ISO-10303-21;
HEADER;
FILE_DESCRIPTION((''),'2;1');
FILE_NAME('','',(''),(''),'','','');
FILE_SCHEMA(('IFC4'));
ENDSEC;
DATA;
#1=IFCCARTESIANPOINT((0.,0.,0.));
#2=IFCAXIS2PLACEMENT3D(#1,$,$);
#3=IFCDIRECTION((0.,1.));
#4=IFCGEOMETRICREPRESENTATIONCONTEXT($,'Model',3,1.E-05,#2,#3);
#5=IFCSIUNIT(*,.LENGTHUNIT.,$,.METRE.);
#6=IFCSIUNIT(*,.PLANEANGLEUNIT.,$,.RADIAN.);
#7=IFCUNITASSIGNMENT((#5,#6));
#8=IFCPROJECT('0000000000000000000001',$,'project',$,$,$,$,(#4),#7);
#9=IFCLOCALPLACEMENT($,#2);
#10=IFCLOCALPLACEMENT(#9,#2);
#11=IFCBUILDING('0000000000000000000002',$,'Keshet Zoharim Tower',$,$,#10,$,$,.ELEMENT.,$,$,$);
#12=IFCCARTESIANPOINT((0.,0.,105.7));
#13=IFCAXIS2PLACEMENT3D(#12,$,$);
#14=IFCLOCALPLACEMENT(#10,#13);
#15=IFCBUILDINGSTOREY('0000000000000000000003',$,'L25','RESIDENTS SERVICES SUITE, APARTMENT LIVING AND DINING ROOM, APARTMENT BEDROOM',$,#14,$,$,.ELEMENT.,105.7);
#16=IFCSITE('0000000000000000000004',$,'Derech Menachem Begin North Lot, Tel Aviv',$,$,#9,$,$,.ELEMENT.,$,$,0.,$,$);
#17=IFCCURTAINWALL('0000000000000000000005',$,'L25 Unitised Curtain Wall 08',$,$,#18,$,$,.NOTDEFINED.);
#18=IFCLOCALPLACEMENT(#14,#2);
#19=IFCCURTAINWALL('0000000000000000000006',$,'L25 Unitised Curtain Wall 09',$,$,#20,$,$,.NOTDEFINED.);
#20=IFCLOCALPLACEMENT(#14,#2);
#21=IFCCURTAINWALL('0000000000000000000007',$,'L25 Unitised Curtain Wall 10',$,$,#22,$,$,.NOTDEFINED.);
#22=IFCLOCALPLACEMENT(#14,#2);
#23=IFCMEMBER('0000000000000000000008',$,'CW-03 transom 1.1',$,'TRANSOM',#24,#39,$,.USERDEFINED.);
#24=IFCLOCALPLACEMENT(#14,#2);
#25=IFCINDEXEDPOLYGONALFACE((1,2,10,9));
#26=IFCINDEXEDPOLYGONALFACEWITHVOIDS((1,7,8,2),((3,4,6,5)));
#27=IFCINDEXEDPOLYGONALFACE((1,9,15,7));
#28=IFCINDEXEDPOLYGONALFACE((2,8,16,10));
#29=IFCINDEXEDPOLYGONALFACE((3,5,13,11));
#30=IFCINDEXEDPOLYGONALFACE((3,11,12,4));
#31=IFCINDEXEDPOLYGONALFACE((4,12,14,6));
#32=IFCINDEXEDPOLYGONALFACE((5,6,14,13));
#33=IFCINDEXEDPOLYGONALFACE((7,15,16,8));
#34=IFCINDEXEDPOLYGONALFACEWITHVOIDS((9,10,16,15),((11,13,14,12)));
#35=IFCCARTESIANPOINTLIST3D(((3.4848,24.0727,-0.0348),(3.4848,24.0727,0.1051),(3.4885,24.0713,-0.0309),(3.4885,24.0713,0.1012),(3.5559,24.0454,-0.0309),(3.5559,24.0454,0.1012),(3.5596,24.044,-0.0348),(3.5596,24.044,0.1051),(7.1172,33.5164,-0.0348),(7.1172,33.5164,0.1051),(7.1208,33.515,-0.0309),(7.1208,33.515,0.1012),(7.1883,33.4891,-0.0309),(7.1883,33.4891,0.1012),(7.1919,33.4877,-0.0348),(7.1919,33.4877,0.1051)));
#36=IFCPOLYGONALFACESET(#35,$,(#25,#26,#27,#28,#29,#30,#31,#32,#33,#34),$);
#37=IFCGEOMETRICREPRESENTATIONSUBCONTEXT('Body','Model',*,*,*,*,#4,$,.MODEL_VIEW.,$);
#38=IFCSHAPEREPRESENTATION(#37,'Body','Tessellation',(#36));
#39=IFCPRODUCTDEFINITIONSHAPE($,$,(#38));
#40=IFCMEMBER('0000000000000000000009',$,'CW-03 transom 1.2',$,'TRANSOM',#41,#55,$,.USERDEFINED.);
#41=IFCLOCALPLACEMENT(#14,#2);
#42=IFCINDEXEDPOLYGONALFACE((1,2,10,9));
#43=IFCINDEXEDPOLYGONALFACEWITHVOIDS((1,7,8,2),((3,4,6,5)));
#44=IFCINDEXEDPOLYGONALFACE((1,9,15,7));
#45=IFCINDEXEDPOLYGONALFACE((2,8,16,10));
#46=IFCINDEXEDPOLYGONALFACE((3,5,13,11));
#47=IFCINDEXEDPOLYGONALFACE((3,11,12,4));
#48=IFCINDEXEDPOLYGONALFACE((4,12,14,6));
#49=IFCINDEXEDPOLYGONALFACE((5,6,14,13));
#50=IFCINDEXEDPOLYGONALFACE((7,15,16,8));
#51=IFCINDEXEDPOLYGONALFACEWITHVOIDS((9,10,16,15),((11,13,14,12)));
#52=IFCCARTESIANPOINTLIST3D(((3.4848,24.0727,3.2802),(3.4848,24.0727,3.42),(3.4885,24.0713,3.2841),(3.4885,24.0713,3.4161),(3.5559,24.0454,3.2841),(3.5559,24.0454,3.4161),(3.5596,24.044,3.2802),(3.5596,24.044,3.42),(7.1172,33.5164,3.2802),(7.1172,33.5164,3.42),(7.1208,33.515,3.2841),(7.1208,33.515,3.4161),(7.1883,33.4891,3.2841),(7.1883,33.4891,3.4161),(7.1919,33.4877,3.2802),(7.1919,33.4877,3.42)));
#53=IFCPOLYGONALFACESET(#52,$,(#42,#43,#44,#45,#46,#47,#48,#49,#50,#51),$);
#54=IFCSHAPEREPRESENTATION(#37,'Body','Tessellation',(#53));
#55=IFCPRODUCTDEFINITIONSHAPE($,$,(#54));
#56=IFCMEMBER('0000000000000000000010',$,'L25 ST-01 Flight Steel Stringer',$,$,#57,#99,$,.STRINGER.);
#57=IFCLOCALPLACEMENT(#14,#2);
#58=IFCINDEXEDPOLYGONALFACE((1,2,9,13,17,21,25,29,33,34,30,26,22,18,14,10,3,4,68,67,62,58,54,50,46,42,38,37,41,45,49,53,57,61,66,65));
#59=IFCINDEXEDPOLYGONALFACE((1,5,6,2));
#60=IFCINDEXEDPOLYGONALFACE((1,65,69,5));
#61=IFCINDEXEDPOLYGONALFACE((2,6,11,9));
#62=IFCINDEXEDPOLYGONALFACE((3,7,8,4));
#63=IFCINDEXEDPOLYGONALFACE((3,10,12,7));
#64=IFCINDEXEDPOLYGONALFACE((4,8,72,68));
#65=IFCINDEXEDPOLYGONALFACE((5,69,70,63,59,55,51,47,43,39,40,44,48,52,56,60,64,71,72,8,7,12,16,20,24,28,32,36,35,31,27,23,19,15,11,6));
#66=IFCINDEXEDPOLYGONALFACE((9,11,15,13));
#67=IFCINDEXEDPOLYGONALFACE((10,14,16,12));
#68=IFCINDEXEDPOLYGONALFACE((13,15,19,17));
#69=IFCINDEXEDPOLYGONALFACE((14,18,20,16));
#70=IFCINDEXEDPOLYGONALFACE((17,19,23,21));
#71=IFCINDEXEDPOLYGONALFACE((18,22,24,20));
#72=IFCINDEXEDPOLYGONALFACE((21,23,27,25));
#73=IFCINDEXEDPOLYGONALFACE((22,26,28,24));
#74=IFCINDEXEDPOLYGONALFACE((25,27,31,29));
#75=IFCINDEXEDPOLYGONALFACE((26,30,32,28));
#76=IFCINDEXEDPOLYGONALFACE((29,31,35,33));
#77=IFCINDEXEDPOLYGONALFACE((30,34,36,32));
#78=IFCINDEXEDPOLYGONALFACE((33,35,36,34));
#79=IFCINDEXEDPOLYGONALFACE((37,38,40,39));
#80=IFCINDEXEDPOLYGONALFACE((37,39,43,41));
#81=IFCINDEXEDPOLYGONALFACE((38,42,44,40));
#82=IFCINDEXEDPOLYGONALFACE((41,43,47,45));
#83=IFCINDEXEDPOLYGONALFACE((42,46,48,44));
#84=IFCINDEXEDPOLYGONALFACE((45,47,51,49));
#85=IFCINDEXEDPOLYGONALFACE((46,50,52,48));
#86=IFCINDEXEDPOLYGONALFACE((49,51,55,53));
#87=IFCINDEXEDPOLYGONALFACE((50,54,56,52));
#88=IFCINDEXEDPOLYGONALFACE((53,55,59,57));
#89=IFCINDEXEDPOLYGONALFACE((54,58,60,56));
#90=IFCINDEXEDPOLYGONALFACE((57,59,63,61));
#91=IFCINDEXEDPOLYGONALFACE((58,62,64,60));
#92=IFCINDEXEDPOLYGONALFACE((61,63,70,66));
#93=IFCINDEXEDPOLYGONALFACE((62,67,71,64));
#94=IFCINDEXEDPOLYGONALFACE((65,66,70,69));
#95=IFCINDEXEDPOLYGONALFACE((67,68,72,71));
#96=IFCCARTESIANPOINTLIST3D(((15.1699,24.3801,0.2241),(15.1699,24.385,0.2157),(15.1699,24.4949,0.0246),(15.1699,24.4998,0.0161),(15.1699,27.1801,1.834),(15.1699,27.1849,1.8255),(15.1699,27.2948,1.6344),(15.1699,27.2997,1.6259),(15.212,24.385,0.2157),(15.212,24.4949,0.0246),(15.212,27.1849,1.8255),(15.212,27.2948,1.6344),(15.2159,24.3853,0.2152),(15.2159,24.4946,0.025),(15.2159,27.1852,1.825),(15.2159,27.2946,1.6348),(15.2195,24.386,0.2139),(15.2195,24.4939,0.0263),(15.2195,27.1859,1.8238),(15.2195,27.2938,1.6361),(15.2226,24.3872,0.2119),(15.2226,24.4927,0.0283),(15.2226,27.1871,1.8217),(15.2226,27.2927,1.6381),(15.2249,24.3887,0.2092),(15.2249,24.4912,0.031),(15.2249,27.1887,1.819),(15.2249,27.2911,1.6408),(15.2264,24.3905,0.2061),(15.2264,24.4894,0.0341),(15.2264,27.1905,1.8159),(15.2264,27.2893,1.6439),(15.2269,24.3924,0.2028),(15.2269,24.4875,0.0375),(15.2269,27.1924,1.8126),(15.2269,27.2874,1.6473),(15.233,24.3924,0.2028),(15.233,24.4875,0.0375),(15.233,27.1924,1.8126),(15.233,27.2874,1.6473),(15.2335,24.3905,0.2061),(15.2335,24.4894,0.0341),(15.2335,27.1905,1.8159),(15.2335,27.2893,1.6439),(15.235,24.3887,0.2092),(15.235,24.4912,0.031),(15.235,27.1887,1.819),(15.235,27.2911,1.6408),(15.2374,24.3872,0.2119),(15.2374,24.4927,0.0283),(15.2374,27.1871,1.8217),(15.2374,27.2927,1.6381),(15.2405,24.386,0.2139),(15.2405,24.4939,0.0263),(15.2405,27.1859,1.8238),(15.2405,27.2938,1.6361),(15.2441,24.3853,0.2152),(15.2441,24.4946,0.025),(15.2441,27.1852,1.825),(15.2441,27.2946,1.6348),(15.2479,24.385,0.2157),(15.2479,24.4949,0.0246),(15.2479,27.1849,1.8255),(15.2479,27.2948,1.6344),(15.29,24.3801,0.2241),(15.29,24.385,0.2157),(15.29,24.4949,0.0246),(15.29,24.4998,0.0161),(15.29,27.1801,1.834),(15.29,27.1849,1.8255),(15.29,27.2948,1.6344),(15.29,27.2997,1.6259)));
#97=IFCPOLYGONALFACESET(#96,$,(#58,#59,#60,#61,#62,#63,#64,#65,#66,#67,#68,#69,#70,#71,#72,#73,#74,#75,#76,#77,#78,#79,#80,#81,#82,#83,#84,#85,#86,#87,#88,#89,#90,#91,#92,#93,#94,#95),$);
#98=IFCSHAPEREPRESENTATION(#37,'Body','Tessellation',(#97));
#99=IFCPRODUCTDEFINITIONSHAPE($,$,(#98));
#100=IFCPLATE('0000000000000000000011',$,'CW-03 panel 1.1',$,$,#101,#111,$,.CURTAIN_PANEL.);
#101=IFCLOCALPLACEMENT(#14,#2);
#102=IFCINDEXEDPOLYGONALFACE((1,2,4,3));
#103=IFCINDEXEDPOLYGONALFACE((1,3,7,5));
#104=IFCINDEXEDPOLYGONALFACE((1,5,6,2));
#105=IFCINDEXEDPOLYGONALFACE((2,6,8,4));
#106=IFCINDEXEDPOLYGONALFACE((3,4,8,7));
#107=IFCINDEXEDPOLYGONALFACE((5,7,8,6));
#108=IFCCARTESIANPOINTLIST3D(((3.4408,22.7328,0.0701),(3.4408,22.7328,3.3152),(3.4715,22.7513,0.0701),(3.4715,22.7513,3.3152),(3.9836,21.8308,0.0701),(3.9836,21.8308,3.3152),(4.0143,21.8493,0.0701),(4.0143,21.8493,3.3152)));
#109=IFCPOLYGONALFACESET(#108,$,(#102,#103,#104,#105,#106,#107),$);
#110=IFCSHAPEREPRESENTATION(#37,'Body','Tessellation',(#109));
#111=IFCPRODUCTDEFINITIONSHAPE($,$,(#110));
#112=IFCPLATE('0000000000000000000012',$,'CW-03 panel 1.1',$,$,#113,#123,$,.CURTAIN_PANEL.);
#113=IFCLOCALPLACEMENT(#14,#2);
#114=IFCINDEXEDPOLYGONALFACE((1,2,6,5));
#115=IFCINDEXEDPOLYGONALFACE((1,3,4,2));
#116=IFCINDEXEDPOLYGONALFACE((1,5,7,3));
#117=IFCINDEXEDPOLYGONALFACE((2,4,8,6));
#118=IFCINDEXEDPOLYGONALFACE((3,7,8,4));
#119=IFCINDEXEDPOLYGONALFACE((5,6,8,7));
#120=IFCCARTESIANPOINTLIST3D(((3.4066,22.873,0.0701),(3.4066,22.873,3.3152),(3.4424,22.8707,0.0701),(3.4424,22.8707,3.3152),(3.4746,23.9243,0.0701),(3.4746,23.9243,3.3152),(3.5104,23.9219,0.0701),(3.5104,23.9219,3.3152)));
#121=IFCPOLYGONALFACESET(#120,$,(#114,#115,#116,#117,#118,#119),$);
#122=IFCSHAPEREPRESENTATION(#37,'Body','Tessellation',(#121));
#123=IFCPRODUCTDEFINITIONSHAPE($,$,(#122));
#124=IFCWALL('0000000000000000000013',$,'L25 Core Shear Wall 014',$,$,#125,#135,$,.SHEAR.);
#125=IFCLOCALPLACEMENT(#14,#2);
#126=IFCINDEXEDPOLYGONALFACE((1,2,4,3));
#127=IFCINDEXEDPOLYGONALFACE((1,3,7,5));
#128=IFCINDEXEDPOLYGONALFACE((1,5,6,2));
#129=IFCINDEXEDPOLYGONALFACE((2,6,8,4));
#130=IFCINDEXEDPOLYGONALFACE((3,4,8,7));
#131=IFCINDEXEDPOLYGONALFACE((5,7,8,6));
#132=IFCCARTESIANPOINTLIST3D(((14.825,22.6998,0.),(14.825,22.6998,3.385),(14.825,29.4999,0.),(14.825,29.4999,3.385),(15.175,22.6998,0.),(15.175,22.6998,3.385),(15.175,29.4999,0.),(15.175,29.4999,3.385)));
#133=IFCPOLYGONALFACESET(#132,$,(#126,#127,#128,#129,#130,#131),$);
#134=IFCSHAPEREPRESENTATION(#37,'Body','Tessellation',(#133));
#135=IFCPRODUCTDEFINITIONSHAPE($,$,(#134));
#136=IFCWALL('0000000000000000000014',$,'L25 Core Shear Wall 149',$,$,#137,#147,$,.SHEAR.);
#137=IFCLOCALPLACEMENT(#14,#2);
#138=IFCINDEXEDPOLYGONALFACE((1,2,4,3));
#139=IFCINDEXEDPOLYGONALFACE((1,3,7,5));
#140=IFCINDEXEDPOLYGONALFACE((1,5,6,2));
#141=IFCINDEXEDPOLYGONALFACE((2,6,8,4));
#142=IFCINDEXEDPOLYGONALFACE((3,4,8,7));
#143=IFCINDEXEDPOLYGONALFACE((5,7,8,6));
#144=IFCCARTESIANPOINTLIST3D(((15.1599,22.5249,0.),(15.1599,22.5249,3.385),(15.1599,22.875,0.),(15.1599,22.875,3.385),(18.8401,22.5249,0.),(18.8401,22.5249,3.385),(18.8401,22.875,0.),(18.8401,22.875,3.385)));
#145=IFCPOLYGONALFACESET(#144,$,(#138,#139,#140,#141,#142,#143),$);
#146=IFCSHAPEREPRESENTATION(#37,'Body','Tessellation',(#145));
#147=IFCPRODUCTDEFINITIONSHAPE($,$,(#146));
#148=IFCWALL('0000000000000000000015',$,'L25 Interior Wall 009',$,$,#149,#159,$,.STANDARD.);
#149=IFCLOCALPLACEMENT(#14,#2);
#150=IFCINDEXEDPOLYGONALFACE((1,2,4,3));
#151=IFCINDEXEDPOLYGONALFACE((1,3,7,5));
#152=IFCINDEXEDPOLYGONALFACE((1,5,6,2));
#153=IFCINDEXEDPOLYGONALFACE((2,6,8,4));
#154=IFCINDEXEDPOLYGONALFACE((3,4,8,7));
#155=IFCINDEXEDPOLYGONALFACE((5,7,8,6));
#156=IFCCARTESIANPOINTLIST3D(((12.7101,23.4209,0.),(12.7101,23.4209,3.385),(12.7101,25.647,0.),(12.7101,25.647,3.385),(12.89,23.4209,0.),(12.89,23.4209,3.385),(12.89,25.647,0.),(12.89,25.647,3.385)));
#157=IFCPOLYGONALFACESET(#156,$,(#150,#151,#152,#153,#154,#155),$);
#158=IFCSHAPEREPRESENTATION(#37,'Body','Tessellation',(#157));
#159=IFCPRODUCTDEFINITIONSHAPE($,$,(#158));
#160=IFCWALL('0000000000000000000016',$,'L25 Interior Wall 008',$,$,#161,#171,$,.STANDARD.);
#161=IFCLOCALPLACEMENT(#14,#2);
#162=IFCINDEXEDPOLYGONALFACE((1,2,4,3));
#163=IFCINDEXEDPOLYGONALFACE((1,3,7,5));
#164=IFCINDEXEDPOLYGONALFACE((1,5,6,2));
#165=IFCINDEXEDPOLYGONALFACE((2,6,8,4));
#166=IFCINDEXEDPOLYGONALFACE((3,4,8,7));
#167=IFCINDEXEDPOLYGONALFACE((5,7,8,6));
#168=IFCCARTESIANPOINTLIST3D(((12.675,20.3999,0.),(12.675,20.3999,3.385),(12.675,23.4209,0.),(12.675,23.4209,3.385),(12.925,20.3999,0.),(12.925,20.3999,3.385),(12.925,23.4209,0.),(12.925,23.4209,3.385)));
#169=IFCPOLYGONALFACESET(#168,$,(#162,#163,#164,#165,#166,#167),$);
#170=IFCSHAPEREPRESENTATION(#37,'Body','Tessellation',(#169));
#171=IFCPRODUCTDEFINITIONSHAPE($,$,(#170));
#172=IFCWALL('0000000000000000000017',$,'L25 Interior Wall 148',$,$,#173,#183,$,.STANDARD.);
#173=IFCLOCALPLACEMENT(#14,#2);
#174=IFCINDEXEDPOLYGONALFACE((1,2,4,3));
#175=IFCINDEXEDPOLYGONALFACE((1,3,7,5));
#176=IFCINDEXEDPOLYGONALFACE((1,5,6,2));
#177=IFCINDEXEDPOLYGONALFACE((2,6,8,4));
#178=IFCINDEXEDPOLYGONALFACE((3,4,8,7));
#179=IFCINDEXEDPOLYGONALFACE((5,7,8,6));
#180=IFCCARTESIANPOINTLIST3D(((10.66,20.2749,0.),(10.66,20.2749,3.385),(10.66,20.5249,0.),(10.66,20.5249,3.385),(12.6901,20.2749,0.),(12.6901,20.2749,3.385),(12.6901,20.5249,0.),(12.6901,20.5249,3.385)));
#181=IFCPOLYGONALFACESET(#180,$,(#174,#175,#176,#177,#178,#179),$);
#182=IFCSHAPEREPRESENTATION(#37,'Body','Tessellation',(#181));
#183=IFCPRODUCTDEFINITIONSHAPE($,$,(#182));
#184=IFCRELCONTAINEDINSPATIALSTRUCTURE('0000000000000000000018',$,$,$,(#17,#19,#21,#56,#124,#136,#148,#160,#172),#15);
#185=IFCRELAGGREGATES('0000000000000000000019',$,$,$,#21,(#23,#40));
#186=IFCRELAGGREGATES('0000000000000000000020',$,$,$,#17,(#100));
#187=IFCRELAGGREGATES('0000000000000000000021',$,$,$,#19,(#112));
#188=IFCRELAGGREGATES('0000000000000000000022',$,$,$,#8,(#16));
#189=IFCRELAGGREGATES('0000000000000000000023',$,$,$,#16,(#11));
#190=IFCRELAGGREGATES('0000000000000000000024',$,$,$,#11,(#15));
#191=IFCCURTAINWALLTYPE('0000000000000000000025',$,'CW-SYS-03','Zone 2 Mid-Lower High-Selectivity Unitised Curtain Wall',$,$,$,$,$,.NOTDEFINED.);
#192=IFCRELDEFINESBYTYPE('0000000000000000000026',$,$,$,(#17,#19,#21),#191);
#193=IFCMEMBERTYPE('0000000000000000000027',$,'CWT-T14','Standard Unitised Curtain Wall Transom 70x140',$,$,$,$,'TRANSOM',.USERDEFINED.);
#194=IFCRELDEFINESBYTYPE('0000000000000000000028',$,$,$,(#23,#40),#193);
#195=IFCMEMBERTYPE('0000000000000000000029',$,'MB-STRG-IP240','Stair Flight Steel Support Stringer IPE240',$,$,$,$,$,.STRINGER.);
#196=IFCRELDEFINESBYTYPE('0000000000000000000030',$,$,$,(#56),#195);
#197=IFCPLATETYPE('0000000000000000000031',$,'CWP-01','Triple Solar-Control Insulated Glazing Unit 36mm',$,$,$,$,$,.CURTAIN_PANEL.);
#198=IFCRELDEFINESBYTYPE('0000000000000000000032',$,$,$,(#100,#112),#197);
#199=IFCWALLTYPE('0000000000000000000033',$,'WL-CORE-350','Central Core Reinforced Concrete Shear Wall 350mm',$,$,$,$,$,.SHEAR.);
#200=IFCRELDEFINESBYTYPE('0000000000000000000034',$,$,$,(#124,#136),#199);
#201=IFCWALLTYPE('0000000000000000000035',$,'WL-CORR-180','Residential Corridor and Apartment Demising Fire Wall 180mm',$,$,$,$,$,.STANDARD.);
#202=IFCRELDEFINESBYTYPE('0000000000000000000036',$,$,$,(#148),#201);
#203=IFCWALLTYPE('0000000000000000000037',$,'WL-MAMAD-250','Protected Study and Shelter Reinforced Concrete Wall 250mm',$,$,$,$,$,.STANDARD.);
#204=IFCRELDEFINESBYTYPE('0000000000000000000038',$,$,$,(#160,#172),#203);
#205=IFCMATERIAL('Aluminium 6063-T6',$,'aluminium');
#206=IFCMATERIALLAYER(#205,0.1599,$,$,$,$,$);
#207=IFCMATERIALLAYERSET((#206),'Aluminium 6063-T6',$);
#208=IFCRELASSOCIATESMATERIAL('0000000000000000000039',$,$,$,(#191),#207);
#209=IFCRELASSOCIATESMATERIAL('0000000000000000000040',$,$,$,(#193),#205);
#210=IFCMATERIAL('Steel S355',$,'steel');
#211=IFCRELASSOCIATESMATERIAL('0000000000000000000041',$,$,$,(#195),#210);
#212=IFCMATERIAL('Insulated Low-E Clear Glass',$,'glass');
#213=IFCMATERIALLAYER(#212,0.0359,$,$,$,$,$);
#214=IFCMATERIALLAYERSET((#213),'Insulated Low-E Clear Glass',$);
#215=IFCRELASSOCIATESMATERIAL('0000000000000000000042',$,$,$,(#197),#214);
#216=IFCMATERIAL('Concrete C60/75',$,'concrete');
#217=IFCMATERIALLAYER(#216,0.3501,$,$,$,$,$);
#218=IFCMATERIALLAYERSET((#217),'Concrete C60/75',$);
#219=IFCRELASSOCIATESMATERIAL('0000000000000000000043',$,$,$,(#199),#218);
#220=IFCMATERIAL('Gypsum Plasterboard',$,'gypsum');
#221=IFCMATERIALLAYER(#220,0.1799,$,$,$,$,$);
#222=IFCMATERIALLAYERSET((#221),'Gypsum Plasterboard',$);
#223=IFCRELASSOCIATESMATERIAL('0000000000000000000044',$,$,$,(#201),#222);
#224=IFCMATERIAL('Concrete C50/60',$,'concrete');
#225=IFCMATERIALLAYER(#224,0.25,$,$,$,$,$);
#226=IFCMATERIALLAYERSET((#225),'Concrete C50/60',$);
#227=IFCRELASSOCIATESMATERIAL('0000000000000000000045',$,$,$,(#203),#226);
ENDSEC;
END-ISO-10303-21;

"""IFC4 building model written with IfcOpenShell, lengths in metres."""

from ifc_helpers import new_model, si_unit, direction, frame, frame_2d, origin, origin_2d, place, context, subcontext, project, spatial, rectangle, hollow_rectangle, i_section, extrude, material, layer, layer_set, material_profile, profile_set, type_object, element, aggregate, save


model = new_model("IFC4")

# Units and contexts
model_context = context("Model", 3, precision=1e-05, world=origin(), true_north=direction((0.0, 1.0)))
body_context = subcontext(model_context, "Body", "Model", "MODEL_VIEW")
ifc_project = project(units=[si_unit("LENGTHUNIT", "METRE"), si_unit("PLANEANGLEUNIT", "RADIAN")], contexts=[model_context])

# Site, building, storey
site_placement = place(None, origin())
site = spatial("IfcSite", under=ifc_project, at=site_placement, Name="Derech Menachem Begin North Lot, Tel Aviv", CompositionType="ELEMENT", RefElevation=0.0)
building_placement = place(site_placement, origin())
building = spatial("IfcBuilding", under=site, at=building_placement, Name="Keshet Zoharim Tower", CompositionType="ELEMENT")
storey_placement = place(building_placement, frame((0.0, 0.0, 105.7)))
storey = spatial("IfcBuildingStorey", under=building, at=storey_placement, Name="L25", Description="RESIDENTS SERVICES SUITE, APARTMENT LIVING AND DINING ROOM, APARTMENT BEDROOM", CompositionType="ELEMENT", Elevation=105.7)

# Shared definitions
ifc_material_1 = material(Name="Concrete C60/75", Category="concrete")

# Shared definitions
ifc_material_2 = material(Name="Aluminium 6063-T6", Category="aluminium")
ifc_layer_1 = layer(ifc_material_2, 0.1599)
ifc_layer_set_1 = layer_set([ifc_layer_1], Name="Aluminium 6063-T6")
curtain_wall_type = type_object("IfcCurtainWallType", Name="CW-SYS-03", Description="Zone 2 Mid-Lower High-Selectivity Unitised Curtain Wall", PredefinedType="NOTDEFINED", material=ifc_layer_set_1)

# Curtain walls
curtain_wall_1_placement = place(storey_placement, origin())
curtain_wall_1 = element("IfcCurtainWall", 1, at=curtain_wall_1_placement, inside=storey, type_object=curtain_wall_type, Name="L25 Unitised Curtain Wall 08", PredefinedType="NOTDEFINED")
curtain_wall_2_placement = place(storey_placement, origin())
curtain_wall_2 = element("IfcCurtainWall", 2, at=curtain_wall_2_placement, inside=storey, type_object=curtain_wall_type, Name="L25 Unitised Curtain Wall 09", PredefinedType="NOTDEFINED")

# Curtain wall
curtain_wall_3_placement = place(storey_placement, origin())
curtain_wall_3 = element("IfcCurtainWall", 3, at=curtain_wall_3_placement, inside=storey, type_object=curtain_wall_type, Name="L25 Unitised Curtain Wall 10", PredefinedType="NOTDEFINED")

# Members
ifc_material_profile_1 = material_profile(ifc_material_2, hollow_rectangle(XDim=0.0801, YDim=0.1399, WallThickness=0.0039, at=origin_2d()), Name="TRN-80x140")
ifc_profile_set_1 = profile_set([ifc_material_profile_1], Name="Aluminium 6063-T6")
member_type_1 = type_object("IfcMemberType", Name="CWT-T14", Description="Standard Unitised Curtain Wall Transom 70x140", ElementType="TRANSOM", PredefinedType="USERDEFINED", material=ifc_profile_set_1)
member_1_placement = place(storey_placement, frame((3.5222, 24.0583, 0.0352), z_axis=(0.358994, 0.93334, 0.0), x_axis=(-0.93334, 0.358994, 0.0)))
member_1 = element("IfcMember", 4, at=member_1_placement, type_object=member_type_1, Name="CW-03 transom 1.1", ObjectType="TRANSOM", PredefinedType="USERDEFINED", context=body_context, shape_type="SweptSolid", body=[
    extrude(hollow_rectangle(XDim=0.0801, YDim=0.1399, WallThickness=0.0039, at=origin_2d()), origin(), (0.0, 0.0, 1.0), 10.1182),
])
member_2_placement = place(storey_placement, frame((3.5222, 24.0583, 3.3501), z_axis=(0.358994, 0.93334, 0.0), x_axis=(-0.93334, 0.358994, 0.0)))
member_2 = element("IfcMember", 5, at=member_2_placement, type_object=member_type_1, Name="CW-03 transom 1.2", ObjectType="TRANSOM", PredefinedType="USERDEFINED", context=body_context, shape_type="SweptSolid", body=[
    extrude(hollow_rectangle(XDim=0.0801, YDim=0.1399, WallThickness=0.0039, at=origin_2d()), origin(), (0.0, 0.0, 1.0), 10.1182),
])
aggregate(curtain_wall_3, [member_1, member_2])
ifc_material_3 = material(Name="Steel S355", Category="steel")
ifc_material_profile_2 = material_profile(ifc_material_3, i_section(OverallWidth=0.1201, OverallDepth=0.24, WebThickness=0.0061, FlangeThickness=0.0098, FilletRadius=0.0149, at=origin_2d()), Name="IPE240")
ifc_profile_set_2 = profile_set([ifc_material_profile_2], Name="Steel S355")
member_type_2 = type_object("IfcMemberType", Name="MB-STRG-IP240", Description="Stair Flight Steel Support Stringer IPE240", PredefinedType="STRINGER", material=ifc_profile_set_2)
member_3_placement = place(storey_placement, frame((15.23, 24.4399, 0.1201), z_axis=(0.0, 0.866928, 0.498433), x_axis=(-1.0, 0.0, 0.0)))
element("IfcMember", 6, at=member_3_placement, inside=storey, type_object=member_type_2, Name="L25 ST-01 Flight Steel Stringer", PredefinedType="STRINGER", context=body_context, shape_type="SweptSolid", body=[
    extrude(i_section(OverallWidth=0.1201, OverallDepth=0.24, WebThickness=0.0061, FlangeThickness=0.0098, FilletRadius=0.0149, at=origin_2d()), origin(), (0.0, 0.0, 1.0), 3.2297),
])

# Plates
ifc_material_4 = material(Name="Insulated Low-E Clear Glass", Category="glass")
ifc_layer_2 = layer(ifc_material_4, 0.0359)
ifc_layer_set_2 = layer_set([ifc_layer_2], Name="Insulated Low-E Clear Glass")
plate_type = type_object("IfcPlateType", Name="CWP-01", Description="Triple Solar-Control Insulated Glazing Unit 36mm", PredefinedType="CURTAIN_PANEL", material=ifc_layer_set_2)
plate_1_placement = place(storey_placement, frame((3.7275, 22.291, 0.0701), z_axis=(0.0, 0.0, 1.0), x_axis=(-0.515605, 0.856826, 0.0)))
plate_1 = element("IfcPlate", 7, at=plate_1_placement, type_object=plate_type, Name="CW-03 panel 1.1", PredefinedType="CURTAIN_PANEL", context=body_context, shape_type="SweptSolid", body=[
    extrude(rectangle(XDim=1.0527, YDim=0.0359, at=origin_2d()), origin(), (0.0, 0.0, 1.0), 3.2451),
])
aggregate(curtain_wall_1, [plate_1])
plate_2_placement = place(storey_placement, frame((3.4585, 23.3975, 0.0701), z_axis=(0.0, 0.0, 1.0), x_axis=(0.064517, 0.997917, 0.0)))
plate_2 = element("IfcPlate", 8, at=plate_2_placement, type_object=plate_type, Name="CW-03 panel 1.1", PredefinedType="CURTAIN_PANEL", context=body_context, shape_type="SweptSolid", body=[
    extrude(rectangle(XDim=1.0535, YDim=0.0359, at=origin_2d()), origin(), (0.0, 0.0, 1.0), 3.2451),
])
aggregate(curtain_wall_2, [plate_2])

# Walls
ifc_layer_3 = layer(ifc_material_1, 0.3501)
ifc_layer_set_3 = layer_set([ifc_layer_3], Name="Concrete C60/75")
wall_type_1 = type_object("IfcWallType", Name="WL-CORE-350", Description="Central Core Reinforced Concrete Shear Wall 350mm", PredefinedType="SHEAR", material=ifc_layer_set_3)
wall_1_placement = place(storey_placement, frame((15.0, 22.7, 0.0), z_axis=(0.0, 0.0, 1.0), x_axis=(0.0, 1.0, 0.0)))
element("IfcWall", 9, at=wall_1_placement, inside=storey, type_object=wall_type_1, Name="L25 Core Shear Wall 014", PredefinedType="SHEAR", context=body_context, shape_type="SweptSolid", body=[
    extrude(rectangle(XDim=6.8, YDim=0.3501, at=frame_2d((3.3999, 0.0))), origin(), (0.0, 0.0, 1.0), 3.385),
])
wall_2_placement = place(storey_placement, frame((15.1599, 22.7, 0.0), z_axis=(0.0, 0.0, 1.0), x_axis=(1.0, 0.0, 0.0)))
element("IfcWall", 10, at=wall_2_placement, inside=storey, type_object=wall_type_1, Name="L25 Core Shear Wall 149", PredefinedType="SHEAR", context=body_context, shape_type="SweptSolid", body=[
    extrude(rectangle(XDim=3.6802, YDim=0.3501, at=frame_2d((1.8401, 0.0))), origin(), (0.0, 0.0, 1.0), 3.385),
])
ifc_material_5 = material(Name="Gypsum Plasterboard", Category="gypsum")
ifc_layer_4 = layer(ifc_material_5, 0.1799)
ifc_layer_set_4 = layer_set([ifc_layer_4], Name="Gypsum Plasterboard")
wall_type_2 = type_object("IfcWallType", Name="WL-CORR-180", Description="Residential Corridor and Apartment Demising Fire Wall 180mm", PredefinedType="STANDARD", material=ifc_layer_set_4)
wall_3_placement = place(storey_placement, frame((12.8, 23.4209, 0.0), z_axis=(0.0, 0.0, 1.0), x_axis=(0.0, 1.0, 0.0)))
element("IfcWall", 11, at=wall_3_placement, inside=storey, type_object=wall_type_2, Name="L25 Interior Wall 009", PredefinedType="STANDARD", context=body_context, shape_type="SweptSolid", body=[
    extrude(rectangle(XDim=2.2261, YDim=0.1799, at=frame_2d((1.113, 0.0))), origin(), (0.0, 0.0, 1.0), 3.385),
])

# Shared definitions
ifc_material_6 = material(Name="Concrete C50/60", Category="concrete")
ifc_layer_5 = layer(ifc_material_6, 0.25)
ifc_layer_set_5 = layer_set([ifc_layer_5], Name="Concrete C50/60")
wall_type_3 = type_object("IfcWallType", Name="WL-MAMAD-250", Description="Protected Study and Shelter Reinforced Concrete Wall 250mm", PredefinedType="STANDARD", material=ifc_layer_set_5)

# Walls
wall_4_placement = place(storey_placement, frame((12.8, 20.3999, 0.0), z_axis=(0.0, 0.0, 1.0), x_axis=(0.0, 1.0, 0.0)))
element("IfcWall", 12, at=wall_4_placement, inside=storey, type_object=wall_type_3, Name="L25 Interior Wall 008", PredefinedType="STANDARD", context=body_context, shape_type="SweptSolid", body=[
    extrude(rectangle(XDim=3.021, YDim=0.25, at=frame_2d((1.5105, 0.0))), origin(), (0.0, 0.0, 1.0), 3.385),
])
for number, where, z_axis, x_axis, name in (
    (13, (10.6599, 20.3999, 0.0), (0.0, 0.0, 1.0), (1.0, 0.0, 0.0), "L25 Interior Wall 148"),
):
    element("IfcWall", number, at=place(storey_placement, frame(where, z_axis=z_axis, x_axis=x_axis)), inside=storey, type_object=wall_type_3, Name=name, PredefinedType="STANDARD", context=body_context, shape_type="SweptSolid", body=[
        extrude(rectangle(XDim=2.03, YDim=0.25, at=frame_2d((1.0151, 0.0))), origin(), (0.0, 0.0, 1.0), 3.385),
    ])

save(model, "model.ifc")
